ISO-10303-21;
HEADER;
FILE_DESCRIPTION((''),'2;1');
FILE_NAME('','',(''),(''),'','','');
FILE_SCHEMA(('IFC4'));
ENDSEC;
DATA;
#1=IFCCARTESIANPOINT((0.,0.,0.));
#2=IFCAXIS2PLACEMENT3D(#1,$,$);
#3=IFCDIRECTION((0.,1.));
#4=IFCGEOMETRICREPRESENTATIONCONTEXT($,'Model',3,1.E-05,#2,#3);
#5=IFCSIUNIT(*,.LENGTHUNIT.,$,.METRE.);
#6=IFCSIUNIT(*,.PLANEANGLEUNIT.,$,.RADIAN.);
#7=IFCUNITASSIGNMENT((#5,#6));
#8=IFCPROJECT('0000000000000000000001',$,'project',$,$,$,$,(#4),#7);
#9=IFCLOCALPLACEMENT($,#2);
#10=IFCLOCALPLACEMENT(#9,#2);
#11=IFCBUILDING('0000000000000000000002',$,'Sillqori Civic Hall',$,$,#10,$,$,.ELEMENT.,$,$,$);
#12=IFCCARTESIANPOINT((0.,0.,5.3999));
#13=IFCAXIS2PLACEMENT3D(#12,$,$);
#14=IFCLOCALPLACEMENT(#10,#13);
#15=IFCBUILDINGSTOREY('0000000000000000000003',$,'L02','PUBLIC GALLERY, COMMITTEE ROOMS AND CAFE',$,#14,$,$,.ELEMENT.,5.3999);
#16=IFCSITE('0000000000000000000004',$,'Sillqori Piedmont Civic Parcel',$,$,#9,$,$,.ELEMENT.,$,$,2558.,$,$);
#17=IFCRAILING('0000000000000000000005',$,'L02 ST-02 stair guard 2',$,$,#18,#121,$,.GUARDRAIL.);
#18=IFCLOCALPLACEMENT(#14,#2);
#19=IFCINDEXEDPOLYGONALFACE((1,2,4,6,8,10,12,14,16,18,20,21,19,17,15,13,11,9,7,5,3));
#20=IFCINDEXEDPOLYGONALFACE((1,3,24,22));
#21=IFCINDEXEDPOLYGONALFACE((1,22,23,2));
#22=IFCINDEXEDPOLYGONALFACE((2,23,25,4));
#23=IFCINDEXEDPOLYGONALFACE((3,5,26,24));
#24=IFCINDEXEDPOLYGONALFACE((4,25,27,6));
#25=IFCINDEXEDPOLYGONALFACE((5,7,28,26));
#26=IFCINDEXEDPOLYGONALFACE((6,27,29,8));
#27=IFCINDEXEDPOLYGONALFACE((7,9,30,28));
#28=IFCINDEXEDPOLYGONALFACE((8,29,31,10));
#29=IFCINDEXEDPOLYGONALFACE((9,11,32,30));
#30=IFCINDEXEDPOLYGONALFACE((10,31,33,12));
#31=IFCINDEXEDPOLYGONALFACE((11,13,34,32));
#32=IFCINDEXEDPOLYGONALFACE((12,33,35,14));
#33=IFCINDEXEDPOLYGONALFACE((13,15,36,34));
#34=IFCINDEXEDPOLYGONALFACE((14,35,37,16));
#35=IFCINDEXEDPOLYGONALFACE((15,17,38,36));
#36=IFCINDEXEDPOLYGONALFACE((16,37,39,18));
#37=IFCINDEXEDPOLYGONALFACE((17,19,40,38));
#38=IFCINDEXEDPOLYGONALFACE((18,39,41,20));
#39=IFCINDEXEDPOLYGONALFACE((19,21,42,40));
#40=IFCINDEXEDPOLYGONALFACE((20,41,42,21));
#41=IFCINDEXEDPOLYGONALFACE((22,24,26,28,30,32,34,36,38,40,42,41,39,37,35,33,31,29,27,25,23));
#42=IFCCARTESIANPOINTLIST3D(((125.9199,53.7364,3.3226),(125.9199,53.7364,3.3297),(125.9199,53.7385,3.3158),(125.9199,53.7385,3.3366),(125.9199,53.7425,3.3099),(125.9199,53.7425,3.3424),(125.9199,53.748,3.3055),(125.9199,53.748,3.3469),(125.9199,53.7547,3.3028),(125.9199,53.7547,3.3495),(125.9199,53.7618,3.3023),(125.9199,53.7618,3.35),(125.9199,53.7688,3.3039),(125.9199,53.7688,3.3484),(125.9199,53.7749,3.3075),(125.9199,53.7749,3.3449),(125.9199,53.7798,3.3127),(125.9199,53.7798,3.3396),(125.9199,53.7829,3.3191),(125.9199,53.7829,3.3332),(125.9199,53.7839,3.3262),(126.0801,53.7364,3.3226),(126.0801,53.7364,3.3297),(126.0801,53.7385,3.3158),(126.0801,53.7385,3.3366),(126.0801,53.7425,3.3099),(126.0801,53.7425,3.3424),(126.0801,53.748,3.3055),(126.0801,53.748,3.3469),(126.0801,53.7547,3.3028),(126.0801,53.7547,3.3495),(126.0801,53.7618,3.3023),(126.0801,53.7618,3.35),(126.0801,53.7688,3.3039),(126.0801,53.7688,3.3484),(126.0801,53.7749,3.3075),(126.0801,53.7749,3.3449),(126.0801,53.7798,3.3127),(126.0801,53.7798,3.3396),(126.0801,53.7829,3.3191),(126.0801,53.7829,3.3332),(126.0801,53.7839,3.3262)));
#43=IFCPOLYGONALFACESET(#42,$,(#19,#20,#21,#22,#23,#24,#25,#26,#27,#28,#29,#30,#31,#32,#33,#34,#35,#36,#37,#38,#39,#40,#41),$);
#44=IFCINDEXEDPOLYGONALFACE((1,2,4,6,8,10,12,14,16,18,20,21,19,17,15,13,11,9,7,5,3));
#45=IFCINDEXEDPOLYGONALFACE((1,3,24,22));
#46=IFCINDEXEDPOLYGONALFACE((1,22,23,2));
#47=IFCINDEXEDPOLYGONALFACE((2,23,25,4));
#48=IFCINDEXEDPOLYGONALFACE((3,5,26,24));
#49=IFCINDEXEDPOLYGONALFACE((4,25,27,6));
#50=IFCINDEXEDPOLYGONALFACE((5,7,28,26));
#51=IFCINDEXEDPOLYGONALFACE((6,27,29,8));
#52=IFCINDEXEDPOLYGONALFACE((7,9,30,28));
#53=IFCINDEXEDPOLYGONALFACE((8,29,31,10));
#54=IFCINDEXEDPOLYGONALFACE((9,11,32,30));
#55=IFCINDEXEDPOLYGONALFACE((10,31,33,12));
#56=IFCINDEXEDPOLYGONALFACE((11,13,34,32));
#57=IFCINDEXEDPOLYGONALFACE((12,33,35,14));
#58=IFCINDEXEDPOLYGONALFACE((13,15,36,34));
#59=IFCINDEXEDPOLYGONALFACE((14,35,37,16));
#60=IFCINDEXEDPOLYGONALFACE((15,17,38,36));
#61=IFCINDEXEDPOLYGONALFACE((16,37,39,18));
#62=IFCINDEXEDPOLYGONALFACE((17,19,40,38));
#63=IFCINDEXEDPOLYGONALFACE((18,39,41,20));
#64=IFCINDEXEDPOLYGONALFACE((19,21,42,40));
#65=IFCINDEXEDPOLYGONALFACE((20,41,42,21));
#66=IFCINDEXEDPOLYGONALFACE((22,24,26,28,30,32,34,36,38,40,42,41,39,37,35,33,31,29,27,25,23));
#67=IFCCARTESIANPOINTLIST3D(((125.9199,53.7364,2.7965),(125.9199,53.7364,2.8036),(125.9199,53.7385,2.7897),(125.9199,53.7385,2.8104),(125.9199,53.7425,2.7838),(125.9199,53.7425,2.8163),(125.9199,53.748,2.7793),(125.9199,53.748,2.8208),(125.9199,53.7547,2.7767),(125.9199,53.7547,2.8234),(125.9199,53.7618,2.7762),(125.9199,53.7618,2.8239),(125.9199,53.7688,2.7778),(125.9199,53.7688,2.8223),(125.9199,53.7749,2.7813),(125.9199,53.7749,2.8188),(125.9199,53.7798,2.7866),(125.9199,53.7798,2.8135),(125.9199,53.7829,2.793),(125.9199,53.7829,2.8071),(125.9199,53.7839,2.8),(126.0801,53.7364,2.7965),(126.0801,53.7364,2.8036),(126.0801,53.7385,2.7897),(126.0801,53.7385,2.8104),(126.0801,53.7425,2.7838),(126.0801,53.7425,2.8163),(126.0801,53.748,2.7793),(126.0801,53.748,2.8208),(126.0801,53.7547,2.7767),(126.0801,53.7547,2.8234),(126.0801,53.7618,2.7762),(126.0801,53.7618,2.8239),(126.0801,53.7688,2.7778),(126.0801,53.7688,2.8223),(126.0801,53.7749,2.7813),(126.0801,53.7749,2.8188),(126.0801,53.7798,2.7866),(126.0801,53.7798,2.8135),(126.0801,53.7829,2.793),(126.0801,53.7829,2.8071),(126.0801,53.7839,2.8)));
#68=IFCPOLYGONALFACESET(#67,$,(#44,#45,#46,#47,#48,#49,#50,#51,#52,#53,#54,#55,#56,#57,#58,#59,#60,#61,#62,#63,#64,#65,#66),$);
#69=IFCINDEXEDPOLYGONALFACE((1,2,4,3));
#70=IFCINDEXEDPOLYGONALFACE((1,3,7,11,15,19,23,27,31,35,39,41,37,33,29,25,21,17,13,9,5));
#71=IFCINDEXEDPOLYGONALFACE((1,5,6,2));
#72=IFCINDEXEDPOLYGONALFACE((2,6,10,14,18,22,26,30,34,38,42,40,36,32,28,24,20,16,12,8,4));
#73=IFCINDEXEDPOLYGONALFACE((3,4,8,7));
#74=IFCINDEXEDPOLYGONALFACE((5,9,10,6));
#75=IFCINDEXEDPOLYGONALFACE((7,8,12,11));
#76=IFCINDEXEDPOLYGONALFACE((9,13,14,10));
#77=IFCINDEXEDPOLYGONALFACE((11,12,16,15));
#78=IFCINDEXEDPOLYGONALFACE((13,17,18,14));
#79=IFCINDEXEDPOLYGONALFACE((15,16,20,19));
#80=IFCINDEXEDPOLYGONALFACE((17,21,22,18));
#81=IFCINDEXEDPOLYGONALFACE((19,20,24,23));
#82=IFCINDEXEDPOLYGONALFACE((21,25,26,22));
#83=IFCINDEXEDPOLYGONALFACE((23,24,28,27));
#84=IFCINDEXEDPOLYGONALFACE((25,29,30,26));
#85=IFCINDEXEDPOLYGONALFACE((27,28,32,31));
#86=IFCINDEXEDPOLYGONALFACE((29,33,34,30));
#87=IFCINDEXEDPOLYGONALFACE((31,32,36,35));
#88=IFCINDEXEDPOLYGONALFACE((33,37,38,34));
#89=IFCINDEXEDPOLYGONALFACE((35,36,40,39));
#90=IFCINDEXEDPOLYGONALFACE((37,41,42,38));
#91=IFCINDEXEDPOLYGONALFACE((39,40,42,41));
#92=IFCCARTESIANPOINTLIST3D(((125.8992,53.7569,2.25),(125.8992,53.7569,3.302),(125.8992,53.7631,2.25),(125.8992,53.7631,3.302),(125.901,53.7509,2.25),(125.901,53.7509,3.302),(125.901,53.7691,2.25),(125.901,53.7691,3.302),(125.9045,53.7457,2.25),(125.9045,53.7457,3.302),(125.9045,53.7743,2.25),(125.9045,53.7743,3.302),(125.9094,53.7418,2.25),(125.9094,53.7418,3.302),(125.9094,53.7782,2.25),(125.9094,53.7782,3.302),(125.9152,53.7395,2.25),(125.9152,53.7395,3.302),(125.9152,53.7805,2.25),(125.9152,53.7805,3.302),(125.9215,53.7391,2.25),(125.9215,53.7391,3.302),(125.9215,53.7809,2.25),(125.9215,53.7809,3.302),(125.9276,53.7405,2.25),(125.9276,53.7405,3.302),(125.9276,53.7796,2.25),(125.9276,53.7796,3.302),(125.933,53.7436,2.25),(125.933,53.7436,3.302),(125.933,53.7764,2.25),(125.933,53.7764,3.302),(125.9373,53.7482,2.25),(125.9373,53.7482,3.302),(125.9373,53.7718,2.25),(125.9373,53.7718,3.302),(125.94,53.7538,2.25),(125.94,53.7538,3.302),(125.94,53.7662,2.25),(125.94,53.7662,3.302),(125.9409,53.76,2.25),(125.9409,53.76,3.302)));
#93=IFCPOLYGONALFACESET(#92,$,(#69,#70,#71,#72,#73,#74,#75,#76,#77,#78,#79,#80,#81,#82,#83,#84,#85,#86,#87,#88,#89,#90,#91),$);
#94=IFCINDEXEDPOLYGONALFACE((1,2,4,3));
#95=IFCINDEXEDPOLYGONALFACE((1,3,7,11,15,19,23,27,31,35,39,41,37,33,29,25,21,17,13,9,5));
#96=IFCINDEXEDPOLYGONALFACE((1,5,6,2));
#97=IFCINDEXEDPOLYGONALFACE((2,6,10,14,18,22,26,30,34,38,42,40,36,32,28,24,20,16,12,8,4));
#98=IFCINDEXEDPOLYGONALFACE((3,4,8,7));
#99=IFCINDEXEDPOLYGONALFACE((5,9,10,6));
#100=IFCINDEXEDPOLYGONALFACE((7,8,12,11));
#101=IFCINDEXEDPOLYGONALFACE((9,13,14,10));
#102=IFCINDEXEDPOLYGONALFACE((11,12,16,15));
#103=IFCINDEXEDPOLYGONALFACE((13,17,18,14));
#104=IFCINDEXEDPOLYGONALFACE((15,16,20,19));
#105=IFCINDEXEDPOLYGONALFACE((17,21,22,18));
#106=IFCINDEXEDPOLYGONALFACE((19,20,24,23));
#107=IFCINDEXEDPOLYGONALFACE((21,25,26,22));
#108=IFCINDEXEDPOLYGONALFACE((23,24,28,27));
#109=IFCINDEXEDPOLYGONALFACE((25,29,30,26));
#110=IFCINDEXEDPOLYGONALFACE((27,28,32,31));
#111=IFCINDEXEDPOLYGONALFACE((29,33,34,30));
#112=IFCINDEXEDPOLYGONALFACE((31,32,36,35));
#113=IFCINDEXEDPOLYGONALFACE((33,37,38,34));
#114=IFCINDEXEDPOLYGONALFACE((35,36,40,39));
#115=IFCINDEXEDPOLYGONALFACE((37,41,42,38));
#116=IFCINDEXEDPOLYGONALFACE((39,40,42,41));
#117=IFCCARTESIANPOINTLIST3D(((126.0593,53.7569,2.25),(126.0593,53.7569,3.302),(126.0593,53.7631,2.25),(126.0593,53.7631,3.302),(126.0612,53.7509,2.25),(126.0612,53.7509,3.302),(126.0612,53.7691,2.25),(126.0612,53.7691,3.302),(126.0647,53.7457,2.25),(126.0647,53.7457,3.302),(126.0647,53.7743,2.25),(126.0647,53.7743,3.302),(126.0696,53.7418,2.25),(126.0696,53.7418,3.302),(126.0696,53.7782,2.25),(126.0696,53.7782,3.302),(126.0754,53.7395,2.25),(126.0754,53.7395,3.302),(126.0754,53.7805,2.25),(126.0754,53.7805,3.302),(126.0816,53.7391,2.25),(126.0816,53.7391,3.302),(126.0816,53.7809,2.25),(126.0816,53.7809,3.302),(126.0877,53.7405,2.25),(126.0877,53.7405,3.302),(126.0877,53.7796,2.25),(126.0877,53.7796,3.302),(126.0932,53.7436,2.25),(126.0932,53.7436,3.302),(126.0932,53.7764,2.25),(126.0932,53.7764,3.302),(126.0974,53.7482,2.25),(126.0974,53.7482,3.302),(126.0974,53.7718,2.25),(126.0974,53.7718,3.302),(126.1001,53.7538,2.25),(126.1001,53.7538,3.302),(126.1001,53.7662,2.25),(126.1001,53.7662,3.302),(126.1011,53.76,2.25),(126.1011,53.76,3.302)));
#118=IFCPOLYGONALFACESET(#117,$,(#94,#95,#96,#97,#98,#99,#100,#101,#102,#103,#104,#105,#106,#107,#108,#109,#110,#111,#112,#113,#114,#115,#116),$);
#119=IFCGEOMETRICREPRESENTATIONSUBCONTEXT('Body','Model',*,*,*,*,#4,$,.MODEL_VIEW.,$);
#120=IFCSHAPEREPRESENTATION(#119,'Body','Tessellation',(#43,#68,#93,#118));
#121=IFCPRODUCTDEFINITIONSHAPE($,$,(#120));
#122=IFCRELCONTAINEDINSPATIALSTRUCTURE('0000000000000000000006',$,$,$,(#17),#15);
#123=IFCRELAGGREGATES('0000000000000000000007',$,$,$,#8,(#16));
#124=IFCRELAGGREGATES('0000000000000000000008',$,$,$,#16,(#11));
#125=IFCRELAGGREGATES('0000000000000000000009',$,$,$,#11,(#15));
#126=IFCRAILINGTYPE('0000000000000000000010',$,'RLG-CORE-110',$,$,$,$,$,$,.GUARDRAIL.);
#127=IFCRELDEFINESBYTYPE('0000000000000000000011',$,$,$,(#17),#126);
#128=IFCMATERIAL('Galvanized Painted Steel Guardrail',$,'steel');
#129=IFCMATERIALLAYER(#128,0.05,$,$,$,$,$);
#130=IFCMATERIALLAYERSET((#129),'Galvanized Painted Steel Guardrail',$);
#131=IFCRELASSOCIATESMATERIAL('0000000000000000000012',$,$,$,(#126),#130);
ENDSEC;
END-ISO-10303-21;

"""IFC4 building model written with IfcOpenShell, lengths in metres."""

from ifc_helpers import new_model, si_unit, direction, frame, origin, origin_2d, place, context, subcontext, project, spatial, circle, extrude, material, layer, layer_set, type_object, element, save


model = new_model("IFC4")

# Units and contexts
model_context = context("Model", 3, precision=1e-05, world=origin(), true_north=direction((0.0, 1.0)))
body_context = subcontext(model_context, "Body", "Model", "MODEL_VIEW")
ifc_project = project(units=[si_unit("LENGTHUNIT", "METRE"), si_unit("PLANEANGLEUNIT", "RADIAN")], contexts=[model_context])

# Site, building, storey
site_placement = place(None, origin())
site = spatial("IfcSite", under=ifc_project, at=site_placement, Name="Sillqori Piedmont Civic Parcel", CompositionType="ELEMENT", RefElevation=2558.0)
building_placement = place(site_placement, origin())
building = spatial("IfcBuilding", under=site, at=building_placement, Name="Sillqori Civic Hall", CompositionType="ELEMENT")
storey_placement = place(building_placement, frame((0.0, 0.0, 5.3999)))
storey = spatial("IfcBuildingStorey", under=building, at=storey_placement, Name="L02", Description="PUBLIC GALLERY, COMMITTEE ROOMS AND CAFE", CompositionType="ELEMENT", Elevation=5.3999)

# Railing
ifc_material_1 = material(Name="Galvanized Painted Steel Guardrail", Category="steel")
ifc_layer_1 = layer(ifc_material_1, 0.05)
ifc_layer_set_1 = layer_set([ifc_layer_1], Name="Galvanized Painted Steel Guardrail")
railing_type_1 = type_object("IfcRailingType", Name="RLG-CORE-110", PredefinedType="GUARDRAIL", material=ifc_layer_set_1)
railing_1_placement = place(storey_placement, frame((125.9199, 53.76, 2.25)))
element("IfcRailing", 1, at=railing_1_placement, inside=storey, type_object=railing_type_1, Name="L02 ST-02 stair guard 2", PredefinedType="GUARDRAIL", context=body_context, shape_type="SweptSolid", body=[
    extrude(circle(Radius=0.0239, at=origin_2d()), frame((0.0, 0.0, 1.0762), z_axis=(1.0, 0.0, 0.0), x_axis=(0.0, 1.0, 0.0)), (0.0, 0.0, 1.0), 0.1602),
    extrude(circle(Radius=0.0239, at=origin_2d()), frame((0.0, 0.0, 0.55), z_axis=(1.0, 0.0, 0.0), x_axis=(0.0, 1.0, 0.0)), (0.0, 0.0, 1.0), 0.1602),
    extrude(circle(Radius=0.021, at=origin_2d()), origin(), (0.0, 0.0, 1.0), 1.052),
    extrude(circle(Radius=0.021, at=origin_2d()), frame((0.1602, 0.0, 0.0)), (0.0, 0.0, 1.0), 1.052),
])

save(model, "model.ifc")
